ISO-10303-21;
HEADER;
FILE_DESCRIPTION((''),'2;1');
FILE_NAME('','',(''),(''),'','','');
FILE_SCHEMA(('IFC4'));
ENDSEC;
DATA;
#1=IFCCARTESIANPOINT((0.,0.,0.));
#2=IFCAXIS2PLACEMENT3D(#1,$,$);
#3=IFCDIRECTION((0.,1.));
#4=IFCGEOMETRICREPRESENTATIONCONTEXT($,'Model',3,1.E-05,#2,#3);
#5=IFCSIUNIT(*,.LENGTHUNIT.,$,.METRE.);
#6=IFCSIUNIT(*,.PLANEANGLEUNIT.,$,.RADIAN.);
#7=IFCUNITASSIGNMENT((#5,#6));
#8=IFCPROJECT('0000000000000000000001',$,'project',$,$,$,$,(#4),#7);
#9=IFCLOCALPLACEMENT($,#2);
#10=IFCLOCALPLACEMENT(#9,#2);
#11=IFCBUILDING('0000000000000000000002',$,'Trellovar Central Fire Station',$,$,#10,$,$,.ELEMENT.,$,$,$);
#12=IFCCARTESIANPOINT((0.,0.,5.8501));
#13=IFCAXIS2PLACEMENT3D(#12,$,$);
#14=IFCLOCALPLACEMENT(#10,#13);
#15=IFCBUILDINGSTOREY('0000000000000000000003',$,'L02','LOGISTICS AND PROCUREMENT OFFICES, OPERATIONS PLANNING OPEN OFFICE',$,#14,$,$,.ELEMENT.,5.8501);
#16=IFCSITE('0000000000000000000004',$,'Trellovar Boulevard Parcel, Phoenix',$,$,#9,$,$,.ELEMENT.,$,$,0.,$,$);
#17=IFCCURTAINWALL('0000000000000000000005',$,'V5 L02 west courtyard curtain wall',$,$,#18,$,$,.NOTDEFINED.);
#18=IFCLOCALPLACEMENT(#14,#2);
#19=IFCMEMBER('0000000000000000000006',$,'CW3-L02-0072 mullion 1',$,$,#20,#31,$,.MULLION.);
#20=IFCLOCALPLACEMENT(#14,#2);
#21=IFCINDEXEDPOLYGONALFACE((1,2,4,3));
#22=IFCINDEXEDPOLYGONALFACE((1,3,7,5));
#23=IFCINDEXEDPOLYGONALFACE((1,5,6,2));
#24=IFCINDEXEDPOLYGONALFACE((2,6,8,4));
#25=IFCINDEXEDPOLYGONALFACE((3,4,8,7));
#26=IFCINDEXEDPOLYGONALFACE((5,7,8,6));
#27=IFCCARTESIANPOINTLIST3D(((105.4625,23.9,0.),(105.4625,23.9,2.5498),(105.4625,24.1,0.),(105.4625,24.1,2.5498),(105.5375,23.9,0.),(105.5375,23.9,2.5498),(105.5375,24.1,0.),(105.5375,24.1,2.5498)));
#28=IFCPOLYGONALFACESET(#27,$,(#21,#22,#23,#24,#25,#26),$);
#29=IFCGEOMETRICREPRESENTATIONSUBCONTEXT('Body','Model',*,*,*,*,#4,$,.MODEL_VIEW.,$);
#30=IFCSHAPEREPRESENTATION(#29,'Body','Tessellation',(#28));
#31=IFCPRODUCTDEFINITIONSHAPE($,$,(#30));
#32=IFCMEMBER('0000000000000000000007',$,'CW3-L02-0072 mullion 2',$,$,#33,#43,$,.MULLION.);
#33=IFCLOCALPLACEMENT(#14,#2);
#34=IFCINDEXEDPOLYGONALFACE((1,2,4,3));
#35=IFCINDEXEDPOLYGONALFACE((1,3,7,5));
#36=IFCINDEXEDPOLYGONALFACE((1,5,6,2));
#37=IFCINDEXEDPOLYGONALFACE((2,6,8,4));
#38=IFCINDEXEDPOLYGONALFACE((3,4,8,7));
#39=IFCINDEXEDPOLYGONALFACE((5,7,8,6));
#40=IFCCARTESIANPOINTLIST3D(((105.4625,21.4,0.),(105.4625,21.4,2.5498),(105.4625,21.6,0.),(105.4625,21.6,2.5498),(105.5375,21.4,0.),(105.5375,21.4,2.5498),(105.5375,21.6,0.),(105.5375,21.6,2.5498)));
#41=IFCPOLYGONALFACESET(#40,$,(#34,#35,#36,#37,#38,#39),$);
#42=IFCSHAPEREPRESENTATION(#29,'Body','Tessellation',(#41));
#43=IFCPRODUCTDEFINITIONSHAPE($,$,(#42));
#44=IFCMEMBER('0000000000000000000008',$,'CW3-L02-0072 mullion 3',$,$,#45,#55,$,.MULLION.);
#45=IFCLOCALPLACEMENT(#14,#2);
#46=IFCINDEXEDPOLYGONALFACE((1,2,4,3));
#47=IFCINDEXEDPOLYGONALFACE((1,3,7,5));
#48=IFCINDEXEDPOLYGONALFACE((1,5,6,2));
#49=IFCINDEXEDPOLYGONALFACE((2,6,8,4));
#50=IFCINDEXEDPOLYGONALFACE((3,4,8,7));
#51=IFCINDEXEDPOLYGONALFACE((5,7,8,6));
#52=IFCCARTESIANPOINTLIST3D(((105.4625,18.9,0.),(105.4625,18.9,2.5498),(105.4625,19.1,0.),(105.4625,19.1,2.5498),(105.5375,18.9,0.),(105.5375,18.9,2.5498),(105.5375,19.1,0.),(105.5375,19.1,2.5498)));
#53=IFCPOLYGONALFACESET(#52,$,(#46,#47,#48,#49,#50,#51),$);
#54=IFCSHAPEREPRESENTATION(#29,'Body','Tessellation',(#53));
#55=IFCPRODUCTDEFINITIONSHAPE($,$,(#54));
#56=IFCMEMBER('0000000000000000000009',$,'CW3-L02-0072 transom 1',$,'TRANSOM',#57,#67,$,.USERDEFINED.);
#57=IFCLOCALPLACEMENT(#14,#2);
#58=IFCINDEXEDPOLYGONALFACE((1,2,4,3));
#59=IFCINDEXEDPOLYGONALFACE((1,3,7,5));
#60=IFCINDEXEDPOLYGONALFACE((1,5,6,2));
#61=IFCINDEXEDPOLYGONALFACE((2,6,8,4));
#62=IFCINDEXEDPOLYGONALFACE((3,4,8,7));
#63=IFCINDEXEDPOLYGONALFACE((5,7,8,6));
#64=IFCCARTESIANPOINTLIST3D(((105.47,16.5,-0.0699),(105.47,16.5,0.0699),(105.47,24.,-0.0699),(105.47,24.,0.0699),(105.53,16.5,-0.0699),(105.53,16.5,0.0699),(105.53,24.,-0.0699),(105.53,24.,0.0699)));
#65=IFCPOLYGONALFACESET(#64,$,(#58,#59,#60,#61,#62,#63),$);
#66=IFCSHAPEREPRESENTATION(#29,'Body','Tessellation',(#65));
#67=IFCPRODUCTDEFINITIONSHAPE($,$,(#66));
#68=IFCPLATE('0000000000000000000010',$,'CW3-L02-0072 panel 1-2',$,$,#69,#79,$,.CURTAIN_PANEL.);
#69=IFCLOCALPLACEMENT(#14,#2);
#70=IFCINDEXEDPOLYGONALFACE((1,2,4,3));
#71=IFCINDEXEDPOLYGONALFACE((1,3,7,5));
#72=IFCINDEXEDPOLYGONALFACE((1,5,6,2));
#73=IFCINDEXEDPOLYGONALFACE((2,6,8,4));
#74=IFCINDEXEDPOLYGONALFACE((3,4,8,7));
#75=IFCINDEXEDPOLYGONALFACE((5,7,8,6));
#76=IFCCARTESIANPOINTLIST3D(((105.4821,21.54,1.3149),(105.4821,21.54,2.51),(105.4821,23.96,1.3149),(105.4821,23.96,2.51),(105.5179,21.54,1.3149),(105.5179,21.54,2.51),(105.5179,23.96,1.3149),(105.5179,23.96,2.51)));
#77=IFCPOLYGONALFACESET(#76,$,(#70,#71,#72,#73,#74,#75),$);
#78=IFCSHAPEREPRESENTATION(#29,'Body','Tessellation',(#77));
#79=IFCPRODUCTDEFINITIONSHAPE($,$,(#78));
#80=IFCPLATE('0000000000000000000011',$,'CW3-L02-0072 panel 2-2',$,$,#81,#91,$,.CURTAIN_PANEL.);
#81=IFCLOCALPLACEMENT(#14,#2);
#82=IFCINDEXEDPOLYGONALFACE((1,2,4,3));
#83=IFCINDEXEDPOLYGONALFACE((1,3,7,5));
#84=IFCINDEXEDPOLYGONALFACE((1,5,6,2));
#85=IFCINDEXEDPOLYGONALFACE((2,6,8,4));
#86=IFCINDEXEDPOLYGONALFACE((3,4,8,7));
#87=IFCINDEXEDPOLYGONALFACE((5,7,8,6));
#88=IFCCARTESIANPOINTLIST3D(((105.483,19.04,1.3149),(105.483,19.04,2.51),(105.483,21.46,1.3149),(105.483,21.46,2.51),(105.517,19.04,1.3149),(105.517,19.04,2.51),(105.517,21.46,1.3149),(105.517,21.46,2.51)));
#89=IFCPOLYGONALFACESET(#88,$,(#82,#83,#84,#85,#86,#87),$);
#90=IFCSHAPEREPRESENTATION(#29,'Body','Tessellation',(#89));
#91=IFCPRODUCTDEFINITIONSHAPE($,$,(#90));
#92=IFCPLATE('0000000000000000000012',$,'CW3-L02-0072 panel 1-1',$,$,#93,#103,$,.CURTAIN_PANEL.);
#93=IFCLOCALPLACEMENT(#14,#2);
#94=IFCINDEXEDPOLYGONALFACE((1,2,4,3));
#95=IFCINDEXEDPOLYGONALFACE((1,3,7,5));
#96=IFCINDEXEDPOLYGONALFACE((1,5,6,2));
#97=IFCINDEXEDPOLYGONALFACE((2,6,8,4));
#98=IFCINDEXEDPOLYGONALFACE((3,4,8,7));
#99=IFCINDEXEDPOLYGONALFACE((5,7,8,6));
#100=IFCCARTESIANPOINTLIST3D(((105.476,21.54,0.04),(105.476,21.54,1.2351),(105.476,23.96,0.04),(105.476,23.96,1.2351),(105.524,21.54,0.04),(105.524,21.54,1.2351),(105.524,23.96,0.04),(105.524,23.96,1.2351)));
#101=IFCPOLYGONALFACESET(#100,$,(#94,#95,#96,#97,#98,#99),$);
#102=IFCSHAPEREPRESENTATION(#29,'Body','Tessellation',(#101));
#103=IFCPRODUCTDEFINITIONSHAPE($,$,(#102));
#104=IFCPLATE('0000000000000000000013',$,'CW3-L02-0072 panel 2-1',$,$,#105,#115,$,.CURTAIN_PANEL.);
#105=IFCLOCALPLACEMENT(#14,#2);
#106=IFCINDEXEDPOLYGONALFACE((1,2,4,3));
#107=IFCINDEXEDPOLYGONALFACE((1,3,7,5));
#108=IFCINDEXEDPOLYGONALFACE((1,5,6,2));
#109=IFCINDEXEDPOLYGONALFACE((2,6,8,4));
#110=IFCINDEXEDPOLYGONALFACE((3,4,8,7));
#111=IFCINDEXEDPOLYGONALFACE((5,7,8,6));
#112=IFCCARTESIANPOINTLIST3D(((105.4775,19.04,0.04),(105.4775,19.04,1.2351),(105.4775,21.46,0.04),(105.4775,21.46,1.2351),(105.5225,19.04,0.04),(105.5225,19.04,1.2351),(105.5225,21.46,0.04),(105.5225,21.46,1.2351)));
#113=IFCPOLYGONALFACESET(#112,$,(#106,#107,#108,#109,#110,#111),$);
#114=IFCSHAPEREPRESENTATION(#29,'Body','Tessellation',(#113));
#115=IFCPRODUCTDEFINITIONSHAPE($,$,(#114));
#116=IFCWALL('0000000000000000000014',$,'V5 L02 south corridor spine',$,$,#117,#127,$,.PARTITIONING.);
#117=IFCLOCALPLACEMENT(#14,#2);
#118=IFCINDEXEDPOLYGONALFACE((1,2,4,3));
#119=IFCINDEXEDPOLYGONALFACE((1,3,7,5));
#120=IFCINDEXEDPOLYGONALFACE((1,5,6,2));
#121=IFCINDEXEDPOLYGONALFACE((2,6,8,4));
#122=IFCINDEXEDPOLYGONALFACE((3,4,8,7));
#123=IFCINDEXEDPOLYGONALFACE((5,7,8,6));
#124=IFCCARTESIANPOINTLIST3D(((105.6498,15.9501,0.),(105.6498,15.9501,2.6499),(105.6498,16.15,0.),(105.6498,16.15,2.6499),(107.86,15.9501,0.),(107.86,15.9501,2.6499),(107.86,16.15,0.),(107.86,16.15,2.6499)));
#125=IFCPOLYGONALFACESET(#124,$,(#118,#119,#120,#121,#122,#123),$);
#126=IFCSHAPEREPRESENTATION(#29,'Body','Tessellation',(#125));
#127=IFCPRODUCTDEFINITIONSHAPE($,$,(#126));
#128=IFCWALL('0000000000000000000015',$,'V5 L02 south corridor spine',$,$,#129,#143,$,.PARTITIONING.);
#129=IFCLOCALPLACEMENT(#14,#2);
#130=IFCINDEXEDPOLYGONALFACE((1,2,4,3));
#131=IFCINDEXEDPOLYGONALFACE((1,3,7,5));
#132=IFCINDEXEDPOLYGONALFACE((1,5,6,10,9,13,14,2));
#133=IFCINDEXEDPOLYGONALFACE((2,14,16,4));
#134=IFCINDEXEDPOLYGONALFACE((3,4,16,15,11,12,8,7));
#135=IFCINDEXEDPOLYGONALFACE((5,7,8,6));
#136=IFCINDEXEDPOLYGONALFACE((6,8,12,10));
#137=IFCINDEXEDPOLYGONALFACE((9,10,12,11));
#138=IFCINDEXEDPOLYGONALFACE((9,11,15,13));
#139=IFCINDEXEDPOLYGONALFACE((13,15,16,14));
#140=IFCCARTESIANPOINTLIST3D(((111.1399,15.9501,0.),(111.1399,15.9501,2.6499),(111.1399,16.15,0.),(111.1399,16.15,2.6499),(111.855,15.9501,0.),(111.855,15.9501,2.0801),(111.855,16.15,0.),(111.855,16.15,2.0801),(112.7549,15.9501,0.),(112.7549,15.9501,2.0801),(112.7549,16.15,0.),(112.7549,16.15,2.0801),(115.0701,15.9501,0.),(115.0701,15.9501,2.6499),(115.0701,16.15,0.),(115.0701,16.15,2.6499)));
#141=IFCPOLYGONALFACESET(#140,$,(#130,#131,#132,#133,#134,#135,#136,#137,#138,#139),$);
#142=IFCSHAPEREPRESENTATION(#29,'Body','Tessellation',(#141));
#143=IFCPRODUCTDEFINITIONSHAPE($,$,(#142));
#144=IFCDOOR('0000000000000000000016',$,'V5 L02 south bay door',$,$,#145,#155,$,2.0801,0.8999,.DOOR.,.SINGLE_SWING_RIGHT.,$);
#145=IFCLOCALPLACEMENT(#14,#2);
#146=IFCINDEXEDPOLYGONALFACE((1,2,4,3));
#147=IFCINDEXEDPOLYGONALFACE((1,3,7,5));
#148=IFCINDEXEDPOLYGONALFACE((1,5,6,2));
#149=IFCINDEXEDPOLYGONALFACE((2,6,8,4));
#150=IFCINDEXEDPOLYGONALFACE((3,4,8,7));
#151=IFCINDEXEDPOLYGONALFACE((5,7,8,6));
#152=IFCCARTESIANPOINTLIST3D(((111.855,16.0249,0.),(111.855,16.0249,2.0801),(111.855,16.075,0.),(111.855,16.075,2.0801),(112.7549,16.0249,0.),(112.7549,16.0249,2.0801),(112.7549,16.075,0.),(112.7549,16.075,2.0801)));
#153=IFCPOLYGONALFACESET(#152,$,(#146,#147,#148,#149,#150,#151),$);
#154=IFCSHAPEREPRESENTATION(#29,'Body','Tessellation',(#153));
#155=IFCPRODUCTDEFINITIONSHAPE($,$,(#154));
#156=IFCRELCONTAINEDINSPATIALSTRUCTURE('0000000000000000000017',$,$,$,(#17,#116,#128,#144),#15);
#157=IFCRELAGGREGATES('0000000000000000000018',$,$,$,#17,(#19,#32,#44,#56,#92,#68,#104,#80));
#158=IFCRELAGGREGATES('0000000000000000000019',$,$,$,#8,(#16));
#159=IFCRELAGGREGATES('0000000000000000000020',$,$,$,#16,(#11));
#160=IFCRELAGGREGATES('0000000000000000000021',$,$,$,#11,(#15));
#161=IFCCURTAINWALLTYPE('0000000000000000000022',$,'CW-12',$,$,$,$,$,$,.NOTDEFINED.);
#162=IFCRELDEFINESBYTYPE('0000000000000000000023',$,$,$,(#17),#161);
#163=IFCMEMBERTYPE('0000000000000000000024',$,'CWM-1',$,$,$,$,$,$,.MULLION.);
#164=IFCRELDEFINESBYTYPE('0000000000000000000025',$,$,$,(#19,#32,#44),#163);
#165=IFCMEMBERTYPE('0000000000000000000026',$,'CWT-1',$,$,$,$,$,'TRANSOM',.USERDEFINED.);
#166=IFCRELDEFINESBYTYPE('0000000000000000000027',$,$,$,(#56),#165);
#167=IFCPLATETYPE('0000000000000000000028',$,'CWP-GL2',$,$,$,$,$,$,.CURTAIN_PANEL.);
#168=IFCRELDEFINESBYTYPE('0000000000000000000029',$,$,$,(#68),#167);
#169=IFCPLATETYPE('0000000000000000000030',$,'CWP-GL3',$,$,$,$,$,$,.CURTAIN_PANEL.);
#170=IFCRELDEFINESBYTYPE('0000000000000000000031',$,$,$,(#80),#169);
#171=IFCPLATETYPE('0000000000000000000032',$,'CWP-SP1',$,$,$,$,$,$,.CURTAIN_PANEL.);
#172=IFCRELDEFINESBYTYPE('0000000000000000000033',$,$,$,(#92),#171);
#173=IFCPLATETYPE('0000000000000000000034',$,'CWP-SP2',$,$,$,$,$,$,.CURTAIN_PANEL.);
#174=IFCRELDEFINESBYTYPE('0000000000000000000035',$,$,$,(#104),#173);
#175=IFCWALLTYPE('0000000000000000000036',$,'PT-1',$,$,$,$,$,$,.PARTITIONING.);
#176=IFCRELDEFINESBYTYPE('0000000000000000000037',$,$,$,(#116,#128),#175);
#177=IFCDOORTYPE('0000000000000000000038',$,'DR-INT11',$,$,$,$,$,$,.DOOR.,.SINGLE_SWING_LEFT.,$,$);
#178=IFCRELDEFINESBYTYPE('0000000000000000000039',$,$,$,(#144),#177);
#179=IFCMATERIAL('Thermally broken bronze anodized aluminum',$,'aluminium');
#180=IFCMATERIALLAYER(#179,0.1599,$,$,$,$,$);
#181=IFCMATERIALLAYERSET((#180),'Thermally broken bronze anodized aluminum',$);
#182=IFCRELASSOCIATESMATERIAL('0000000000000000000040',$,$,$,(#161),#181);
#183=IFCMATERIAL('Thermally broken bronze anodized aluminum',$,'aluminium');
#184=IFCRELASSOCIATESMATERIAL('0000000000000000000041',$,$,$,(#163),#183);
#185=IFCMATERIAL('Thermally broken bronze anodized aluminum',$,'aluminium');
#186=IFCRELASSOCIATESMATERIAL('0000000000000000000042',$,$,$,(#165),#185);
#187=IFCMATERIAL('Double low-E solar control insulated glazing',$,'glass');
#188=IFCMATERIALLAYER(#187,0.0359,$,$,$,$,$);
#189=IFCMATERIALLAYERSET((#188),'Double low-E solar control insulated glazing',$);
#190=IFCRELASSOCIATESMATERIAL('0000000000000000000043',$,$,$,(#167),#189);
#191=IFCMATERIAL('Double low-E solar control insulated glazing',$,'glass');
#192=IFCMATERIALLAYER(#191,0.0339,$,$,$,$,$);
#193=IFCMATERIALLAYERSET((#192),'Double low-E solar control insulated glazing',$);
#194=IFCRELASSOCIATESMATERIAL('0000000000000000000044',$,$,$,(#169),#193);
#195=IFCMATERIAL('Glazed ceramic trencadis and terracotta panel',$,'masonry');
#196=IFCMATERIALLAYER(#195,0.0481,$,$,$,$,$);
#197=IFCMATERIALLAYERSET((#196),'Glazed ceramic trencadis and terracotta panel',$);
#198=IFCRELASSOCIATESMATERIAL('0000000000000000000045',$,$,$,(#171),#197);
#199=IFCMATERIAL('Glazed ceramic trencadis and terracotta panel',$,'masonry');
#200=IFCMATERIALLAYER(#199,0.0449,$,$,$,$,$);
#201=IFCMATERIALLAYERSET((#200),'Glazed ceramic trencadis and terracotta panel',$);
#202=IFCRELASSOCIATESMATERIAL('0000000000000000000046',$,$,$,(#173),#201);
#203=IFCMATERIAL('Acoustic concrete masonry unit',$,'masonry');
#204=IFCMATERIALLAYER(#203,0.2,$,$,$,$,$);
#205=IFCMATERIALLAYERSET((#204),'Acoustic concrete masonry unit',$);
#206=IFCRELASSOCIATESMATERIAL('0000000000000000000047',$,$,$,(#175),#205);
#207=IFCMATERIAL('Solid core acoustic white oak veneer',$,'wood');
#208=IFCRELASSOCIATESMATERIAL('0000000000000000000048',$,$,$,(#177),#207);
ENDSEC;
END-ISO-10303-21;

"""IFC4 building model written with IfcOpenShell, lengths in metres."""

from ifc_helpers import new_model, si_unit, direction, frame, frame_2d, origin, origin_2d, place, context, subcontext, project, spatial, rectangle, extrude, material, layer, layer_set, material_profile, profile_set, type_object, element, fill, aggregate, save


model = new_model("IFC4")

# Units and contexts
model_context = context("Model", 3, precision=1e-05, world=origin(), true_north=direction((0.0, 1.0)))
body_context = subcontext(model_context, "Body", "Model", "MODEL_VIEW")
ifc_project = project(units=[si_unit("LENGTHUNIT", "METRE"), si_unit("PLANEANGLEUNIT", "RADIAN")], contexts=[model_context])

# Site, building, storey
site_placement = place(None, origin())
site = spatial("IfcSite", under=ifc_project, at=site_placement, Name="Trellovar Boulevard Parcel, Phoenix", CompositionType="ELEMENT", RefElevation=0.0)
building_placement = place(site_placement, origin())
building = spatial("IfcBuilding", under=site, at=building_placement, Name="Trellovar Central Fire Station", CompositionType="ELEMENT")
storey_placement = place(building_placement, frame((0.0, 0.0, 5.8501)))
storey = spatial("IfcBuildingStorey", under=building, at=storey_placement, Name="L02", Description="LOGISTICS AND PROCUREMENT OFFICES, OPERATIONS PLANNING OPEN OFFICE", CompositionType="ELEMENT", Elevation=5.8501)

# Curtain wall, members, plates
ifc_material_1 = material(Name="Thermally broken bronze anodized aluminum", Category="aluminium")
ifc_layer_1 = layer(ifc_material_1, 0.1599)
ifc_layer_set_1 = layer_set([ifc_layer_1], Name="Thermally broken bronze anodized aluminum")
curtain_wall_type = type_object("IfcCurtainWallType", Name="CW-12", PredefinedType="NOTDEFINED", material=ifc_layer_set_1)
curtain_wall_placement = place(storey_placement, origin())
curtain_wall = element("IfcCurtainWall", 1, at=curtain_wall_placement, inside=storey, type_object=curtain_wall_type, Name="V5 L02 west courtyard curtain wall", PredefinedType="NOTDEFINED")
ifc_material_2 = material(Name="Thermally broken bronze anodized aluminum", Category="aluminium")
ifc_material_profile_1 = material_profile(ifc_material_2, rectangle(XDim=0.075, YDim=0.2, at=origin_2d()), Name="ALU75X200")
ifc_profile_set_1 = profile_set([ifc_material_profile_1], Name="Thermally broken bronze anodized aluminum")
member_type_1 = type_object("IfcMemberType", Name="CWM-1", PredefinedType="MULLION", material=ifc_profile_set_1)
member_1_placement = place(storey_placement, frame((105.5, 24.0, 0.0), z_axis=(0.0, 0.0, 1.0), x_axis=(1.0, 0.0, 0.0)))
member_1 = element("IfcMember", 2, at=member_1_placement, type_object=member_type_1, Name="CW3-L02-0072 mullion 1", PredefinedType="MULLION", context=body_context, shape_type="SweptSolid", body=[
    extrude(rectangle(XDim=0.075, YDim=0.2, at=origin_2d()), origin(), (0.0, 0.0, 1.0), 2.5498),
])
member_2_placement = place(storey_placement, frame((105.5, 21.5, 0.0), z_axis=(0.0, 0.0, 1.0), x_axis=(1.0, 0.0, 0.0)))
member_2 = element("IfcMember", 3, at=member_2_placement, type_object=member_type_1, Name="CW3-L02-0072 mullion 2", PredefinedType="MULLION", context=body_context, shape_type="SweptSolid", body=[
    extrude(rectangle(XDim=0.075, YDim=0.2, at=origin_2d()), origin(), (0.0, 0.0, 1.0), 2.5498),
])
member_3_placement = place(storey_placement, frame((105.5, 19.0, 0.0), z_axis=(0.0, 0.0, 1.0), x_axis=(1.0, 0.0, 0.0)))
member_3 = element("IfcMember", 4, at=member_3_placement, type_object=member_type_1, Name="CW3-L02-0072 mullion 3", PredefinedType="MULLION", context=body_context, shape_type="SweptSolid", body=[
    extrude(rectangle(XDim=0.075, YDim=0.2, at=origin_2d()), origin(), (0.0, 0.0, 1.0), 2.5498),
])
ifc_material_3 = material(Name="Thermally broken bronze anodized aluminum", Category="aluminium")
ifc_material_profile_2 = material_profile(ifc_material_3, rectangle(XDim=0.0601, YDim=0.1399, at=origin_2d()), Name="ALU60X140")
ifc_profile_set_2 = profile_set([ifc_material_profile_2], Name="Thermally broken bronze anodized aluminum")
member_type_2 = type_object("IfcMemberType", Name="CWT-1", ElementType="TRANSOM", PredefinedType="USERDEFINED", material=ifc_profile_set_2)
member_4_placement = place(storey_placement, frame((105.5, 24.0, 0.0), z_axis=(0.0, -1.0, 0.0), x_axis=(1.0, 0.0, 0.0)))
member_4 = element("IfcMember", 5, at=member_4_placement, type_object=member_type_2, Name="CW3-L02-0072 transom 1", ObjectType="TRANSOM", PredefinedType="USERDEFINED", context=body_context, shape_type="SweptSolid", body=[
    extrude(rectangle(XDim=0.0601, YDim=0.1399, at=origin_2d()), origin(), (0.0, 0.0, 1.0), 7.5),
])
ifc_material_4 = material(Name="Double low-E solar control insulated glazing", Category="glass")
ifc_layer_2 = layer(ifc_material_4, 0.0359)
ifc_layer_set_2 = layer_set([ifc_layer_2], Name="Double low-E solar control insulated glazing")
plate_type_1 = type_object("IfcPlateType", Name="CWP-GL2", PredefinedType="CURTAIN_PANEL", material=ifc_layer_set_2)
plate_1_placement = place(storey_placement, frame((105.5, 22.75, 1.3149), z_axis=(0.0, 0.0, 1.0), x_axis=(0.0, -1.0, 0.0)))
plate_1 = element("IfcPlate", 6, at=plate_1_placement, type_object=plate_type_1, Name="CW3-L02-0072 panel 1-2", PredefinedType="CURTAIN_PANEL", context=body_context, shape_type="SweptSolid", body=[
    extrude(rectangle(XDim=2.4199, YDim=0.0359, at=origin_2d()), origin(), (0.0, 0.0, 1.0), 1.1951),
])
ifc_material_5 = material(Name="Double low-E solar control insulated glazing", Category="glass")
ifc_layer_3 = layer(ifc_material_5, 0.0339)
ifc_layer_set_3 = layer_set([ifc_layer_3], Name="Double low-E solar control insulated glazing")
plate_type_2 = type_object("IfcPlateType", Name="CWP-GL3", PredefinedType="CURTAIN_PANEL", material=ifc_layer_set_3)
plate_2_placement = place(storey_placement, frame((105.5, 20.25, 1.3149), z_axis=(0.0, 0.0, 1.0), x_axis=(0.0, -1.0, 0.0)))
plate_2 = element("IfcPlate", 7, at=plate_2_placement, type_object=plate_type_2, Name="CW3-L02-0072 panel 2-2", PredefinedType="CURTAIN_PANEL", context=body_context, shape_type="SweptSolid", body=[
    extrude(rectangle(XDim=2.4199, YDim=0.0339, at=origin_2d()), origin(), (0.0, 0.0, 1.0), 1.1951),
])
ifc_material_6 = material(Name="Glazed ceramic trencadis and terracotta panel", Category="masonry")
ifc_layer_4 = layer(ifc_material_6, 0.0481)
ifc_layer_set_4 = layer_set([ifc_layer_4], Name="Glazed ceramic trencadis and terracotta panel")
plate_type_3 = type_object("IfcPlateType", Name="CWP-SP1", PredefinedType="CURTAIN_PANEL", material=ifc_layer_set_4)
plate_3_placement = place(storey_placement, frame((105.5, 22.75, 0.04), z_axis=(0.0, 0.0, 1.0), x_axis=(0.0, -1.0, 0.0)))
plate_3 = element("IfcPlate", 8, at=plate_3_placement, type_object=plate_type_3, Name="CW3-L02-0072 panel 1-1", PredefinedType="CURTAIN_PANEL", context=body_context, shape_type="SweptSolid", body=[
    extrude(rectangle(XDim=2.4199, YDim=0.0481, at=origin_2d()), origin(), (0.0, 0.0, 1.0), 1.1951),
])
ifc_material_7 = material(Name="Glazed ceramic trencadis and terracotta panel", Category="masonry")
ifc_layer_5 = layer(ifc_material_7, 0.0449)
ifc_layer_set_5 = layer_set([ifc_layer_5], Name="Glazed ceramic trencadis and terracotta panel")
plate_type_4 = type_object("IfcPlateType", Name="CWP-SP2", PredefinedType="CURTAIN_PANEL", material=ifc_layer_set_5)
plate_4_placement = place(storey_placement, frame((105.5, 20.25, 0.04), z_axis=(0.0, 0.0, 1.0), x_axis=(0.0, -1.0, 0.0)))
plate_4 = element("IfcPlate", 9, at=plate_4_placement, type_object=plate_type_4, Name="CW3-L02-0072 panel 2-1", PredefinedType="CURTAIN_PANEL", context=body_context, shape_type="SweptSolid", body=[
    extrude(rectangle(XDim=2.4199, YDim=0.0449, at=origin_2d()), origin(), (0.0, 0.0, 1.0), 1.1951),
])
aggregate(curtain_wall, [member_1, member_2, member_3, member_4, plate_3, plate_1, plate_4, plate_2])

# Wall
ifc_material_8 = material(Name="Acoustic concrete masonry unit", Category="masonry")
ifc_layer_6 = layer(ifc_material_8, 0.2)
ifc_layer_set_6 = layer_set([ifc_layer_6], Name="Acoustic concrete masonry unit")
wall_type_1 = type_object("IfcWallType", Name="PT-1", PredefinedType="PARTITIONING", material=ifc_layer_set_6)
wall_1_placement = place(storey_placement, frame((105.6499, 16.05, 0.0), z_axis=(0.0, 0.0, 1.0), x_axis=(1.0, 0.0, 0.0)))
element("IfcWall", 10, at=wall_1_placement, inside=storey, type_object=wall_type_1, Name="V5 L02 south corridor spine", PredefinedType="PARTITIONING", context=body_context, shape_type="SweptSolid", body=[
    extrude(rectangle(XDim=2.2102, YDim=0.2, at=frame_2d((1.105, 0.0))), origin(), (0.0, 0.0, 1.0), 2.6499),
])

# Wall, opening, door
wall_2_placement = place(storey_placement, frame((111.1399, 16.05, 0.0), z_axis=(0.0, 0.0, 1.0), x_axis=(1.0, 0.0, 0.0)))
wall_2 = element("IfcWall", 11, at=wall_2_placement, inside=storey, type_object=wall_type_1, Name="V5 L02 south corridor spine", PredefinedType="PARTITIONING", context=body_context, shape_type="SweptSolid", body=[
    extrude(rectangle(XDim=3.9302, YDim=0.2, at=frame_2d((1.9651, 0.0))), origin(), (0.0, 0.0, 1.0), 2.6499),
])
opening_1_placement = place(wall_2_placement, frame((0.7151, 0.0, 0.0)))
opening_1 = element("IfcOpeningElement", 12, at=opening_1_placement, cuts=wall_2, PredefinedType="OPENING", context=body_context, shape_type="SweptSolid", body=[
    extrude(rectangle(XDim=0.8999, YDim=2.0801, at=frame_2d((0.45, 1.04))), frame((0.0, 0.1099, 0.0), z_axis=(0.0, -1.0, 0.0), x_axis=(1.0, 0.0, 0.0)), (0.0, 0.0, 1.0), 0.22),
])
ifc_material_9 = material(Name="Solid core acoustic white oak veneer", Category="wood")
door_type_1 = type_object("IfcDoorType", Name="DR-INT11", OperationType="SINGLE_SWING_LEFT", PredefinedType="DOOR", material=ifc_material_9)
door_1_placement = place(opening_1_placement, origin())
door_1 = element("IfcDoor", 13, at=door_1_placement, inside=storey, type_object=door_type_1, Name="V5 L02 south bay door", OperationType="SINGLE_SWING_RIGHT", OverallHeight=2.0801, OverallWidth=0.8999, PredefinedType="DOOR", context=body_context, shape_type="SweptSolid", body=[
    extrude(rectangle(XDim=0.8999, YDim=2.0801, at=frame_2d((0.45, 1.04))), frame((0.0, 0.0249, 0.0), z_axis=(0.0, -1.0, 0.0), x_axis=(1.0, 0.0, 0.0)), (0.0, 0.0, 1.0), 0.05),
])
fill(opening_1, door_1)

save(model, "model.ifc")
